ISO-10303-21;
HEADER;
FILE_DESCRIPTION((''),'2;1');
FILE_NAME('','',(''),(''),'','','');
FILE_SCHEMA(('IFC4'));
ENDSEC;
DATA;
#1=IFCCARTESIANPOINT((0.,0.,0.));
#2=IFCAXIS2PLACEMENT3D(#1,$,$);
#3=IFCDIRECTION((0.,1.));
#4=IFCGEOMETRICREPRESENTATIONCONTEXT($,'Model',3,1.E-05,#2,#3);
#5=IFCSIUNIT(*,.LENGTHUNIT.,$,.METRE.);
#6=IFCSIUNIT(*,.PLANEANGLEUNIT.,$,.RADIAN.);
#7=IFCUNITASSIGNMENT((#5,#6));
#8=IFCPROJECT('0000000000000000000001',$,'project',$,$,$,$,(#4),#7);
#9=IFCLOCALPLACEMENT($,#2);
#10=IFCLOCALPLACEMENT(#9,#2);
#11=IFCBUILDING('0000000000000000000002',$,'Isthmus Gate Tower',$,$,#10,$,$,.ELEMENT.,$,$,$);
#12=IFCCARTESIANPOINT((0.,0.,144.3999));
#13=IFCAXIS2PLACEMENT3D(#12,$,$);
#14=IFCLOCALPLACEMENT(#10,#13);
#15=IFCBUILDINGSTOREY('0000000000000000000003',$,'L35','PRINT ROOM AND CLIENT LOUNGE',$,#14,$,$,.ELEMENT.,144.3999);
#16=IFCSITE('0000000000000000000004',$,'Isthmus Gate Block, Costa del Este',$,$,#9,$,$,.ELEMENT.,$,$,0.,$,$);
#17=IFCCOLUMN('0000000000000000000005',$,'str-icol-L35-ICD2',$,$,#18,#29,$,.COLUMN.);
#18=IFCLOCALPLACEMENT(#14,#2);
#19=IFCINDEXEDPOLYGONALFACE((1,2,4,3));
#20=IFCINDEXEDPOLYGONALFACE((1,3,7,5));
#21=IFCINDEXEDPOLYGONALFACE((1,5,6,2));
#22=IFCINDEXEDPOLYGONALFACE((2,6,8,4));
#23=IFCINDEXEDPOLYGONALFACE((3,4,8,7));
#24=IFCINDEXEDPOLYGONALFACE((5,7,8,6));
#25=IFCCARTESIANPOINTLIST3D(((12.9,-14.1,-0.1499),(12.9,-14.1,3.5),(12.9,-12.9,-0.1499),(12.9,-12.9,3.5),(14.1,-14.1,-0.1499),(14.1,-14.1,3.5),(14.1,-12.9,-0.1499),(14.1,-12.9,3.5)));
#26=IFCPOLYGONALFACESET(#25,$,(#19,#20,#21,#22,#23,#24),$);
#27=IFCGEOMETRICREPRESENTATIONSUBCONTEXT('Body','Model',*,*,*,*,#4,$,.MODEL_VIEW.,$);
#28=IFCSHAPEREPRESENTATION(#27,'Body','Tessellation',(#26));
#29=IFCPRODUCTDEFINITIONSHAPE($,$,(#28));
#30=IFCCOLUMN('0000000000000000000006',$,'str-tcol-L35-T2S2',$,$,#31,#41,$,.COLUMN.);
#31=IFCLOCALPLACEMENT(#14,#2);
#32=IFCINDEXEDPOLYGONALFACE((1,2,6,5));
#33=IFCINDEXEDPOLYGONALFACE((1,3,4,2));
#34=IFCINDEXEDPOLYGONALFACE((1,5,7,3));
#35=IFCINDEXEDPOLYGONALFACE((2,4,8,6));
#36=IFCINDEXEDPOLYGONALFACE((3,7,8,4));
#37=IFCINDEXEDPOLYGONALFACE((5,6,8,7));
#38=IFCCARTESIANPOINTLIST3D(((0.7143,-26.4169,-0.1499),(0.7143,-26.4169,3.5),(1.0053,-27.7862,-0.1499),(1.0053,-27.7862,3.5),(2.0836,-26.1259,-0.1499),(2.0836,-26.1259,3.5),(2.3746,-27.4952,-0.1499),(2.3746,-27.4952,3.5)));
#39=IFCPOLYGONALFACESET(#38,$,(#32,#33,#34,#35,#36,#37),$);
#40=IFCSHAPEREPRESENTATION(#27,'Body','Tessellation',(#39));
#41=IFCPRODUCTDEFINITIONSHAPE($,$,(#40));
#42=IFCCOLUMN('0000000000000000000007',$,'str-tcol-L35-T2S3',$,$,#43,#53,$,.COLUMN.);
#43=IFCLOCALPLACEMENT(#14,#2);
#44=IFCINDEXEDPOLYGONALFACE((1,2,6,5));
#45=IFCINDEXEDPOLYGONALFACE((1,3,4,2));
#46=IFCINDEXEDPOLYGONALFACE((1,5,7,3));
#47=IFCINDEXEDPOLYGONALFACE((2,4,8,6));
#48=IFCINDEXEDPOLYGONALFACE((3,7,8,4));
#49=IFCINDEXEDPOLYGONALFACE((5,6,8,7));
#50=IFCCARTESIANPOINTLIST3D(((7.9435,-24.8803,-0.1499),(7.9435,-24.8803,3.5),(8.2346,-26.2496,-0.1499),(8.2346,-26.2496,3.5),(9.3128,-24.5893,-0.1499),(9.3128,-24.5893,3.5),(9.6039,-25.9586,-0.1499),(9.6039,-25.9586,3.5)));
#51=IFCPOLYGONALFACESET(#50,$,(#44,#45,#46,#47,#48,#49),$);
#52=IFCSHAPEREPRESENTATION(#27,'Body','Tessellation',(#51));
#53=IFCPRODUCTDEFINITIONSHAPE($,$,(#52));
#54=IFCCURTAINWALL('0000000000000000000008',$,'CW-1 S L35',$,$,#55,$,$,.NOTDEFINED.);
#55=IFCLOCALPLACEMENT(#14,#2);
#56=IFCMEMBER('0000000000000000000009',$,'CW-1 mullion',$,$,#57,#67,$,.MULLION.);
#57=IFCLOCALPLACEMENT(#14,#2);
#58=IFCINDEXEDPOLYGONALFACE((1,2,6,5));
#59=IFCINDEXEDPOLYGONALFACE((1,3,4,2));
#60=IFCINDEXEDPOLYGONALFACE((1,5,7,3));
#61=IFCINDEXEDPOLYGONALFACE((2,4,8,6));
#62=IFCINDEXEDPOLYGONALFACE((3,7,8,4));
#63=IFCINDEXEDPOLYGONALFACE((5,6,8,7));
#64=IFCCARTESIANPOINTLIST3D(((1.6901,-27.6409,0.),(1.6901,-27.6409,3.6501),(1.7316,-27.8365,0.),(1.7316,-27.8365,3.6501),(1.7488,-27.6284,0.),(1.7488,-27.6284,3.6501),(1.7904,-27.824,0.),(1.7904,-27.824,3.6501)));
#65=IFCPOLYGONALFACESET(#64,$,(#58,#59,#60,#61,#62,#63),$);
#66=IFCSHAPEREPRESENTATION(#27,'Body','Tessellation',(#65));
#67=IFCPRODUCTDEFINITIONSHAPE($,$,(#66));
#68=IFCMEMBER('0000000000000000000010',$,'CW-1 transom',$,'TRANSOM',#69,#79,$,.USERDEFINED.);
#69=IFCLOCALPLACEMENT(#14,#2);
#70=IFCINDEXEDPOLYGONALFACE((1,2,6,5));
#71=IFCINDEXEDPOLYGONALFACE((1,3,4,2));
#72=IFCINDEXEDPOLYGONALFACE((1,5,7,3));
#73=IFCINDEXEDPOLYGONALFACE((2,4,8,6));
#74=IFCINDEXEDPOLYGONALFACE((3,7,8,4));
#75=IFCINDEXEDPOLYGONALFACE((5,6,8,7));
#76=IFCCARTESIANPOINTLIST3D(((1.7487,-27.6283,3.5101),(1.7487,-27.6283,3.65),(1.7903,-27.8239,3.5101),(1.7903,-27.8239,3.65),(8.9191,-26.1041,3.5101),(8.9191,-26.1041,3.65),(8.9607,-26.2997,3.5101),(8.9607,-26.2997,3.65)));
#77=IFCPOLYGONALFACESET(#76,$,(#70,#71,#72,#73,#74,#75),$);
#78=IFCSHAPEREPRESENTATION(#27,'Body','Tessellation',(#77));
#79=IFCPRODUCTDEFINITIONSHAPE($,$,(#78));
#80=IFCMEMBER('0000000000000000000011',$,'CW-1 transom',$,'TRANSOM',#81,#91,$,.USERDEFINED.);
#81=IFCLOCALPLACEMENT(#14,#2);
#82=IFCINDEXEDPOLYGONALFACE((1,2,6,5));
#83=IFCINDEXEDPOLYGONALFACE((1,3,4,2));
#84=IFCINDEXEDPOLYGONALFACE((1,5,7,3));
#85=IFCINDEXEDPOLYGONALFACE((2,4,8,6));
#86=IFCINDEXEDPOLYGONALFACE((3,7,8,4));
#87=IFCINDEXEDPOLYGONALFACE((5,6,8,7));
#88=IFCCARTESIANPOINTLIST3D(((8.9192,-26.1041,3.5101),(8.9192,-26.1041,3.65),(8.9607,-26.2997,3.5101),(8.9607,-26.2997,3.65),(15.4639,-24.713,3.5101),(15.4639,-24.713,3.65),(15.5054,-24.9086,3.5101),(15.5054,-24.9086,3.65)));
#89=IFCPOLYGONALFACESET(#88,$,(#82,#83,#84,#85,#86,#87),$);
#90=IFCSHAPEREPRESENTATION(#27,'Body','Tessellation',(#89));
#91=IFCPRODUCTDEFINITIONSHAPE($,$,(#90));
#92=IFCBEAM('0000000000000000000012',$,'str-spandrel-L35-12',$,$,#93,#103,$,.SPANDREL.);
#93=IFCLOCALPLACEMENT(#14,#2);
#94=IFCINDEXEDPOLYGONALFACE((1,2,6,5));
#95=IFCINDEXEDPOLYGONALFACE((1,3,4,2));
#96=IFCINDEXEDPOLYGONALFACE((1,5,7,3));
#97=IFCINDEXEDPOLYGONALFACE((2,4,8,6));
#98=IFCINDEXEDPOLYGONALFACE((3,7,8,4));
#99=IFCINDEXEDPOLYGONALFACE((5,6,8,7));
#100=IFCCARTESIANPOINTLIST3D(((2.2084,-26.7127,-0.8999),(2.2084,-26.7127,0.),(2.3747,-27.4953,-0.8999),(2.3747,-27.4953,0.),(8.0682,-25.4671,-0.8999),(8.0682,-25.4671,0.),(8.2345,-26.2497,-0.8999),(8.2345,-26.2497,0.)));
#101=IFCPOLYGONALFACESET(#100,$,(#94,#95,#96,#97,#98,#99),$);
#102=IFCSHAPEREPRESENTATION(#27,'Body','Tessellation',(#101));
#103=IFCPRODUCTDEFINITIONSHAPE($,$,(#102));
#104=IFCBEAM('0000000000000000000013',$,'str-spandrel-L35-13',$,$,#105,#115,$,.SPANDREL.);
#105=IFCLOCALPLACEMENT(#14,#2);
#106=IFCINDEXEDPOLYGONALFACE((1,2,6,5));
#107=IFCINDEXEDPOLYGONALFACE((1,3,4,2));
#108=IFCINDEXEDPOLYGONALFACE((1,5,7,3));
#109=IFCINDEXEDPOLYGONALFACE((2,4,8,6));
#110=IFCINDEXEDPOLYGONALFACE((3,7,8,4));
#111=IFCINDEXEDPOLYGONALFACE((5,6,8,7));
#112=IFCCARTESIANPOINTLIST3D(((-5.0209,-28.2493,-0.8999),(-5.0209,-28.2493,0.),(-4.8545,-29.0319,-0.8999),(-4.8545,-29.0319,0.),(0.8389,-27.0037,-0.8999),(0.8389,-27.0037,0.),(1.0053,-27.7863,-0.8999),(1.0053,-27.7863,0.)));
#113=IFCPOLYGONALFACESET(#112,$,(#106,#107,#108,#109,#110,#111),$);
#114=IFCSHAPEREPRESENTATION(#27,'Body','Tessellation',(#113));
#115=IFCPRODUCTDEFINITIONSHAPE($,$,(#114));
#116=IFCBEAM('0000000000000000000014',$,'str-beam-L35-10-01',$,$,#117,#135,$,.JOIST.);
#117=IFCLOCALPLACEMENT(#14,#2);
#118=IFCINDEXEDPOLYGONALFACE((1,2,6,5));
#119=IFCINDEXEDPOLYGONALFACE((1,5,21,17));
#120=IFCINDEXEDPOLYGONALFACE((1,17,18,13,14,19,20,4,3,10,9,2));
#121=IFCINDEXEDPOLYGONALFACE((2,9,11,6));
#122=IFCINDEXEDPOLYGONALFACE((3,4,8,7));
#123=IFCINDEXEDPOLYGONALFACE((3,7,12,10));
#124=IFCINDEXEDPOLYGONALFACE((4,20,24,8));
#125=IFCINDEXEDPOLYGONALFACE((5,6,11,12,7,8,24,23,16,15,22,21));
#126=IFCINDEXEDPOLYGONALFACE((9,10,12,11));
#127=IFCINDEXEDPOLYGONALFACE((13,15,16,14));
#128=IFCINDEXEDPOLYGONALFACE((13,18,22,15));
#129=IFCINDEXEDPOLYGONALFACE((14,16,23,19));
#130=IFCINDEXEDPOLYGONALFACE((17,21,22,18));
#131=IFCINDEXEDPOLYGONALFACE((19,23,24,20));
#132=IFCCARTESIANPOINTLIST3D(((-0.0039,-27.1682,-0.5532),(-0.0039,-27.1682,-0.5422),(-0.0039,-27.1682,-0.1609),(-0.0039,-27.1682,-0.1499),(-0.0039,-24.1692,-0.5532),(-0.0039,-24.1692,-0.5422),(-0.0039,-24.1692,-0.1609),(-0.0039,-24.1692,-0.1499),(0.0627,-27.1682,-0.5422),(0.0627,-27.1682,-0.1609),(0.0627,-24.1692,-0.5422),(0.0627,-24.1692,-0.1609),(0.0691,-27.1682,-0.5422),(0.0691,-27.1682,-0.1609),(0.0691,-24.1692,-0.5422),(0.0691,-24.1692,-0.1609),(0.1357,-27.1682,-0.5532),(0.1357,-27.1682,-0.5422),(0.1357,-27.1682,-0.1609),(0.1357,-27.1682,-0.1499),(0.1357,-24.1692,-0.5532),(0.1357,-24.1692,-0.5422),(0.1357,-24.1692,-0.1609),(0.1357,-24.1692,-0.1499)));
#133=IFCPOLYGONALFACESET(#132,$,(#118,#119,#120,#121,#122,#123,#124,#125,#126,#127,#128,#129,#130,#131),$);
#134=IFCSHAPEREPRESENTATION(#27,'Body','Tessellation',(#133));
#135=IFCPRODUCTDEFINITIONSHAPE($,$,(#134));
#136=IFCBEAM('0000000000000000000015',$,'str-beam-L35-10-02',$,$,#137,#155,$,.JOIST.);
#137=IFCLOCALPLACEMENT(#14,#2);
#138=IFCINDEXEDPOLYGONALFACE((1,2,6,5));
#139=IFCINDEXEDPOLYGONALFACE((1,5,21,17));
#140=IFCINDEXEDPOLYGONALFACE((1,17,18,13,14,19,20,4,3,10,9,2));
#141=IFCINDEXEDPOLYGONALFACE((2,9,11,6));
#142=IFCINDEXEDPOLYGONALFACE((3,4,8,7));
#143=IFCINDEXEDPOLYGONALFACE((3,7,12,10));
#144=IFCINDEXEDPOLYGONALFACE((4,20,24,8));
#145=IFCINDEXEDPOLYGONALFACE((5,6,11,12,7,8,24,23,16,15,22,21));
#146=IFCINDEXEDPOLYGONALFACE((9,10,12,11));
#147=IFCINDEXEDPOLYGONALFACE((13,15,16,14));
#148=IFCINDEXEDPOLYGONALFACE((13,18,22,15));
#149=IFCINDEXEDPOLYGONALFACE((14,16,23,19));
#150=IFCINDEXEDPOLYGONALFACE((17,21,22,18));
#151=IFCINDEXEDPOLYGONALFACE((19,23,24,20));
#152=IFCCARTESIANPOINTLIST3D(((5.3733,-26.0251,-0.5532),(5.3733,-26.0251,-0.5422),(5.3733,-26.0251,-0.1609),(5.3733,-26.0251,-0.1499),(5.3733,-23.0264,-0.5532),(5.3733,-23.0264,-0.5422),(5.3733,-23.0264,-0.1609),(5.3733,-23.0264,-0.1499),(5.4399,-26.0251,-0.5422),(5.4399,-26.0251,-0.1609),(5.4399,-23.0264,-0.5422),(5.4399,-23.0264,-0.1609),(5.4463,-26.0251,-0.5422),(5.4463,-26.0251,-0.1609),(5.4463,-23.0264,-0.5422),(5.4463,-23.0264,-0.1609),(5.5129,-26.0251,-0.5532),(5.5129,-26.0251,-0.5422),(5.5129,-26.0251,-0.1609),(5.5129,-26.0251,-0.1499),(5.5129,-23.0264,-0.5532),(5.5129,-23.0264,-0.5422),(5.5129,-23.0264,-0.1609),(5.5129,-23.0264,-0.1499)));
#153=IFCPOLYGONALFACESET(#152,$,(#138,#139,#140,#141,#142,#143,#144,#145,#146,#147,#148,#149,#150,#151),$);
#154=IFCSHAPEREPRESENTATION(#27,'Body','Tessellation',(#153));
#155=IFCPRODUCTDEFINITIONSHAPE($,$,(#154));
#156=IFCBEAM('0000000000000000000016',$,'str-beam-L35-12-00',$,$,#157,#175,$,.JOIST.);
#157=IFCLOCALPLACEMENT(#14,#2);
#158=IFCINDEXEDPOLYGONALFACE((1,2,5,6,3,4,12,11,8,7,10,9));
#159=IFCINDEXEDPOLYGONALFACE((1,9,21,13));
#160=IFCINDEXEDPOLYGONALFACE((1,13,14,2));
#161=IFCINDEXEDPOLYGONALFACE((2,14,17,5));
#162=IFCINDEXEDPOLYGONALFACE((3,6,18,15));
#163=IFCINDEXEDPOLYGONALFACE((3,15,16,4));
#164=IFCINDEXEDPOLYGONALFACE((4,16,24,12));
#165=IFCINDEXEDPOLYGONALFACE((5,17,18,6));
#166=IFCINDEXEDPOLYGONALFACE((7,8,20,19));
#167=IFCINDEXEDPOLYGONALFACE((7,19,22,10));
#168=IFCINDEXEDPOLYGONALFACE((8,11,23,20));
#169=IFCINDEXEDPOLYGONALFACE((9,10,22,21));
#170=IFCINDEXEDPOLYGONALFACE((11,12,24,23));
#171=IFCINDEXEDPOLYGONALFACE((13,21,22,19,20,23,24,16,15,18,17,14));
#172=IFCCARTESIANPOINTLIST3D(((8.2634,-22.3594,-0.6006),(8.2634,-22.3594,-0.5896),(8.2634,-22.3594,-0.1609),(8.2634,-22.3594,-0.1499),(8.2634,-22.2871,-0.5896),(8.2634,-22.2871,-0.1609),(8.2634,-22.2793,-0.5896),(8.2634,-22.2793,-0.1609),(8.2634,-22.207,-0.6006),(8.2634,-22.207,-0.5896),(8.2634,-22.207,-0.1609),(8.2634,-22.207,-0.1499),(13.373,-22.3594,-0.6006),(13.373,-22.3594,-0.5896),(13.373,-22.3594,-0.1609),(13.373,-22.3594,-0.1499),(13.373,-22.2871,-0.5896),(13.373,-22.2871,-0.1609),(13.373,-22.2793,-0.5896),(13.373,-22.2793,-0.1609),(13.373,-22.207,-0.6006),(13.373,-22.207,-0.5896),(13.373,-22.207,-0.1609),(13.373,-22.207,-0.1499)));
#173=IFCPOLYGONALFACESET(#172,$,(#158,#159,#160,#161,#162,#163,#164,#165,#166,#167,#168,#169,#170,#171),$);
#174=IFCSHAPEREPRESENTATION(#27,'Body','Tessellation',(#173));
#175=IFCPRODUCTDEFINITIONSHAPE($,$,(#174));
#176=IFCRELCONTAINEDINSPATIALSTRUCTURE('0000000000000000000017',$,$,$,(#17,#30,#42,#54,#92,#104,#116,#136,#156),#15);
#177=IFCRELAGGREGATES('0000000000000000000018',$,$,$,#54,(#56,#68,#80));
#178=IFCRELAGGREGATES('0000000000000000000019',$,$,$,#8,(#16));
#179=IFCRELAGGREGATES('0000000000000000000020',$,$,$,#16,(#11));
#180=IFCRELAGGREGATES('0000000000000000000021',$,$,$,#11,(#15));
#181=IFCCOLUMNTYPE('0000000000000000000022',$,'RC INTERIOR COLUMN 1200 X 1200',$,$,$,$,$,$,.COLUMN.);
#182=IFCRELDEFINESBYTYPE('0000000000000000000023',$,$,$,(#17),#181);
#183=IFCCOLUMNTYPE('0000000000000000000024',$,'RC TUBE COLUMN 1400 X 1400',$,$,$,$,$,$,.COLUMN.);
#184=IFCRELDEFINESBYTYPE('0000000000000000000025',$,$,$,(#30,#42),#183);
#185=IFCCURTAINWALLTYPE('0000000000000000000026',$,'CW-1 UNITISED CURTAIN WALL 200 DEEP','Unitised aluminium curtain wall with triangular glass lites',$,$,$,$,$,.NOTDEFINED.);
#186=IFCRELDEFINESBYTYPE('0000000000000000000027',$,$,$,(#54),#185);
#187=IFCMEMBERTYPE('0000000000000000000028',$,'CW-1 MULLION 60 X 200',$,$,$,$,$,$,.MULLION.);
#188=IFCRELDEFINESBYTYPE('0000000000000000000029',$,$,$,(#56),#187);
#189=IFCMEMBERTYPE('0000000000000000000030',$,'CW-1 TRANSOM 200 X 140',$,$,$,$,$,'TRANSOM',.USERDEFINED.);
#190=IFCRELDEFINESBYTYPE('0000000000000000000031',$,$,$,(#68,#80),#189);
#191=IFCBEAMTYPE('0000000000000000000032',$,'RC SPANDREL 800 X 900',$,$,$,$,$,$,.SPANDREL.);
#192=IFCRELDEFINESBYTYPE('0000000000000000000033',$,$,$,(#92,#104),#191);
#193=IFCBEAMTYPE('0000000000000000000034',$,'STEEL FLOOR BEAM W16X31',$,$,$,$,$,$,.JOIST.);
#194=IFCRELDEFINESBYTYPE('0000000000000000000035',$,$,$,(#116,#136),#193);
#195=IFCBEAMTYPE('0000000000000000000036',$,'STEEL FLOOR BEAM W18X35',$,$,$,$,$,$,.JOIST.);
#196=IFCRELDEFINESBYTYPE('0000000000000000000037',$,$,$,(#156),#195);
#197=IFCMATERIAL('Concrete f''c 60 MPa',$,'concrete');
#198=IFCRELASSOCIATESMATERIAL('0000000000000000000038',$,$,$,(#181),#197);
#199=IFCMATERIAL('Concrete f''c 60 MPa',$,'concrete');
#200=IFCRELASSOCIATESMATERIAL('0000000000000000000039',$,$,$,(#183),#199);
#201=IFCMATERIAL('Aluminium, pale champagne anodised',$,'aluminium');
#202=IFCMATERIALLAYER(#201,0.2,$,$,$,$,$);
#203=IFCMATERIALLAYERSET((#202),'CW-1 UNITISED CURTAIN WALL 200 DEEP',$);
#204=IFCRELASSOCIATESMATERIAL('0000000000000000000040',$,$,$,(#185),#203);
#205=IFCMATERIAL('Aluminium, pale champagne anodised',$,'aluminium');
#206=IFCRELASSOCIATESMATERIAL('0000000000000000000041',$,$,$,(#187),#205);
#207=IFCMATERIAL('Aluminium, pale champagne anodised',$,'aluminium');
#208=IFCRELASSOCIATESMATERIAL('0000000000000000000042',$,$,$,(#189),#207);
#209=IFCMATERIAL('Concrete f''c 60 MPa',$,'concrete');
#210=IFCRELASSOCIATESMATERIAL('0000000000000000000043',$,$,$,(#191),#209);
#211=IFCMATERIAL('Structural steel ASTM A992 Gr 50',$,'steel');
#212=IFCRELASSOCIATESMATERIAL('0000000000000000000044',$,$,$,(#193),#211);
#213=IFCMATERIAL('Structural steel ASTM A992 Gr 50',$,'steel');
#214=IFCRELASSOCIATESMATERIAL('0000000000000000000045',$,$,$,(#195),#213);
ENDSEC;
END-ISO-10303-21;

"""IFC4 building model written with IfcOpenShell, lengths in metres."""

from ifc_helpers import new_model, si_unit, direction, frame, origin, origin_2d, place, context, subcontext, project, spatial, rectangle, i_section, extrude, material, layer, layer_set, material_profile, profile_set, type_object, element, aggregate, save


model = new_model("IFC4")

# Units and contexts
model_context = context("Model", 3, precision=1e-05, world=origin(), true_north=direction((0.0, 1.0)))
body_context = subcontext(model_context, "Body", "Model", "MODEL_VIEW")
ifc_project = project(units=[si_unit("LENGTHUNIT", "METRE"), si_unit("PLANEANGLEUNIT", "RADIAN")], contexts=[model_context])

# Site, building, storey
site_placement = place(None, origin())
site = spatial("IfcSite", under=ifc_project, at=site_placement, Name="Isthmus Gate Block, Costa del Este", CompositionType="ELEMENT", RefElevation=0.0)
building_placement = place(site_placement, origin())
building = spatial("IfcBuilding", under=site, at=building_placement, Name="Isthmus Gate Tower", CompositionType="ELEMENT")
storey_placement = place(building_placement, frame((0.0, 0.0, 144.3999)))
storey = spatial("IfcBuildingStorey", under=building, at=storey_placement, Name="L35", Description="PRINT ROOM AND CLIENT LOUNGE", CompositionType="ELEMENT", Elevation=144.3999)

# Columns
ifc_material_1 = material(Name="Concrete f'c 60 MPa", Category="concrete")
ifc_material_profile_1 = material_profile(ifc_material_1, rectangle(XDim=1.2, YDim=1.2, at=origin_2d()), Name="RC 1200X1200")
ifc_profile_set_1 = profile_set([ifc_material_profile_1], Name="Concrete f'c 60 MPa")
column_type_1 = type_object("IfcColumnType", Name="RC INTERIOR COLUMN 1200 X 1200", PredefinedType="COLUMN", material=ifc_profile_set_1)
column_placement = place(storey_placement, frame((13.5, -13.5, -0.1499), z_axis=(0.0, 0.0, 1.0), x_axis=(1.0, 0.0, 0.0)))
element("IfcColumn", 1, at=column_placement, inside=storey, type_object=column_type_1, Name="str-icol-L35-ICD2", PredefinedType="COLUMN", context=body_context, shape_type="SweptSolid", body=[
    extrude(rectangle(XDim=1.2, YDim=1.2, at=origin_2d()), origin(), (0.0, 0.0, 1.0), 3.6499),
])
ifc_material_2 = material(Name="Concrete f'c 60 MPa", Category="concrete")
ifc_material_profile_2 = material_profile(ifc_material_2, rectangle(XDim=1.3999, YDim=1.3999, at=origin_2d()), Name="RC 1400X1400")
ifc_profile_set_2 = profile_set([ifc_material_profile_2], Name="Concrete f'c 60 MPa")
column_type_2 = type_object("IfcColumnType", Name="RC TUBE COLUMN 1400 X 1400", PredefinedType="COLUMN", material=ifc_profile_set_2)
for number, where, z_axis, x_axis, name in (
    (2, (1.5444, -26.9561, -0.1499), (0.0, 0.0, 1.0), (0.978148, 0.207912, 0.0), "str-tcol-L35-T2S2"),
    (3, (8.7737, -25.4194, -0.1499), (0.0, 0.0, 1.0), (0.978148, 0.207912, 0.0), "str-tcol-L35-T2S3"),
):
    element("IfcColumn", number, at=place(storey_placement, frame(where, z_axis=z_axis, x_axis=x_axis)), inside=storey, type_object=column_type_2, Name=name, PredefinedType="COLUMN", context=body_context, shape_type="SweptSolid", body=[
        extrude(rectangle(XDim=1.3999, YDim=1.3999, at=origin_2d()), origin(), (0.0, 0.0, 1.0), 3.6499),
    ])

# Curtain wall, members
ifc_material_3 = material(Name="Aluminium, pale champagne anodised", Category="aluminium")
ifc_layer_1 = layer(ifc_material_3, 0.2)
ifc_layer_set_1 = layer_set([ifc_layer_1], Name="CW-1 UNITISED CURTAIN WALL 200 DEEP")
curtain_wall_type = type_object("IfcCurtainWallType", Name="CW-1 UNITISED CURTAIN WALL 200 DEEP", Description="Unitised aluminium curtain wall with triangular glass lites", PredefinedType="NOTDEFINED", material=ifc_layer_set_1)
curtain_wall_placement = place(storey_placement, origin())
curtain_wall = element("IfcCurtainWall", 4, at=curtain_wall_placement, inside=storey, type_object=curtain_wall_type, Name="CW-1 S L35", PredefinedType="NOTDEFINED")
ifc_material_4 = material(Name="Aluminium, pale champagne anodised", Category="aluminium")
ifc_material_profile_3 = material_profile(ifc_material_4, rectangle(XDim=0.0601, YDim=0.2, at=origin_2d()), Name="60x200")
ifc_profile_set_3 = profile_set([ifc_material_profile_3], Name="Aluminium, pale champagne anodised")
member_type_1 = type_object("IfcMemberType", Name="CW-1 MULLION 60 X 200", PredefinedType="MULLION", material=ifc_profile_set_3)
member_1_placement = place(storey_placement, frame((1.7402, -27.7324, 0.0), z_axis=(0.0, 0.0, 1.0), x_axis=(0.978148, 0.207912, 0.0)))
member_1 = element("IfcMember", 5, at=member_1_placement, type_object=member_type_1, Name="CW-1 mullion", PredefinedType="MULLION", context=body_context, shape_type="SweptSolid", body=[
    extrude(rectangle(XDim=0.0601, YDim=0.2, at=origin_2d()), origin(), (0.0, 0.0, 1.0), 3.6501),
])
ifc_material_5 = material(Name="Aluminium, pale champagne anodised", Category="aluminium")
ifc_material_profile_4 = material_profile(ifc_material_5, rectangle(XDim=0.2, YDim=0.1399, at=origin_2d()), Name="200x140")
ifc_profile_set_4 = profile_set([ifc_material_profile_4], Name="Aluminium, pale champagne anodised")
member_type_2 = type_object("IfcMemberType", Name="CW-1 TRANSOM 200 X 140", ElementType="TRANSOM", PredefinedType="USERDEFINED", material=ifc_profile_set_4)
member_2_placement = place(storey_placement, frame((1.7695, -27.7261, 3.5801), z_axis=(0.978146, 0.207919, 0.0), x_axis=(-0.207919, 0.978146, 0.0)))
member_2 = element("IfcMember", 6, at=member_2_placement, type_object=member_type_2, Name="CW-1 transom", ObjectType="TRANSOM", PredefinedType="USERDEFINED", context=body_context, shape_type="SweptSolid", body=[
    extrude(rectangle(XDim=0.2, YDim=0.1399, at=origin_2d()), origin(), (0.0, 0.0, 1.0), 7.3306),
])
member_3_placement = place(storey_placement, frame((8.9399, -26.2019, 3.5801), z_axis=(0.978148, 0.207912, 0.0), x_axis=(-0.207912, 0.978148, 0.0)))
member_3 = element("IfcMember", 7, at=member_3_placement, type_object=member_type_2, Name="CW-1 transom", ObjectType="TRANSOM", PredefinedType="USERDEFINED", context=body_context, shape_type="SweptSolid", body=[
    extrude(rectangle(XDim=0.2, YDim=0.1399, at=origin_2d()), origin(), (0.0, 0.0, 1.0), 6.6909),
])

# Beams
ifc_material_6 = material(Name="Concrete f'c 60 MPa", Category="concrete")
ifc_material_profile_5 = material_profile(ifc_material_6, rectangle(XDim=0.8, YDim=0.8999, at=origin_2d()), Name="RC 800X900")
ifc_profile_set_5 = profile_set([ifc_material_profile_5], Name="Concrete f'c 60 MPa")
beam_type_1 = type_object("IfcBeamType", Name="RC SPANDREL 800 X 900", PredefinedType="SPANDREL", material=ifc_profile_set_5)
for number, where, z_axis, x_axis, name in (
    (8, (8.1514, -25.8584, -0.45), (-0.978146, -0.20792, 0.0), (0.20792, -0.978146, 0.0), "str-spandrel-L35-12"),
    (9, (0.9221, -27.395, -0.45), (-0.978146, -0.20792, 0.0), (0.20792, -0.978146, 0.0), "str-spandrel-L35-13"),
):
    element("IfcBeam", number, at=place(storey_placement, frame(where, z_axis=z_axis, x_axis=x_axis)), inside=storey, type_object=beam_type_1, Name=name, PredefinedType="SPANDREL", context=body_context, shape_type="SweptSolid", body=[
        extrude(rectangle(XDim=0.8, YDim=0.8999, at=origin_2d()), origin(), (0.0, 0.0, 1.0), 5.9907),
    ])
ifc_material_7 = material(Name="Structural steel ASTM A992 Gr 50", Category="steel")
ifc_material_profile_6 = material_profile(ifc_material_7, i_section(OverallWidth=0.1396, OverallDepth=0.4033, WebThickness=0.0063, FlangeThickness=0.011, at=origin_2d()), Name="W16X31")
ifc_profile_set_6 = profile_set([ifc_material_profile_6], Name="Structural steel ASTM A992 Gr 50")
beam_type_2 = type_object("IfcBeamType", Name="STEEL FLOOR BEAM W16X31", PredefinedType="JOIST", material=ifc_profile_set_6)
beam_1_placement = place(storey_placement, frame((0.0659, -27.1682, -0.3516), z_axis=(0.0, 1.0, 0.0), x_axis=(-1.0, 0.0, 0.0)))
element("IfcBeam", 10, at=beam_1_placement, inside=storey, type_object=beam_type_2, Name="str-beam-L35-10-01", PredefinedType="JOIST", context=body_context, shape_type="SweptSolid", body=[
    extrude(i_section(OverallWidth=0.1396, OverallDepth=0.4033, WebThickness=0.0063, FlangeThickness=0.011, at=origin_2d()), origin(), (0.0, 0.0, 1.0), 2.999),
])
beam_2_placement = place(storey_placement, frame((5.4431, -26.0251, -0.3516), z_axis=(0.0, 1.0, 0.0), x_axis=(-1.0, 0.0, 0.0)))
element("IfcBeam", 11, at=beam_2_placement, inside=storey, type_object=beam_type_2, Name="str-beam-L35-10-02", PredefinedType="JOIST", context=body_context, shape_type="SweptSolid", body=[
    extrude(i_section(OverallWidth=0.1396, OverallDepth=0.4033, WebThickness=0.0063, FlangeThickness=0.011, at=origin_2d()), origin(), (0.0, 0.0, 1.0), 2.9988),
])
ifc_material_8 = material(Name="Structural steel ASTM A992 Gr 50", Category="steel")
ifc_material_profile_7 = material_profile(ifc_material_8, i_section(OverallWidth=0.1523, OverallDepth=0.4507, WebThickness=0.0078, FlangeThickness=0.011, at=origin_2d()), Name="W18X35")
ifc_profile_set_7 = profile_set([ifc_material_profile_7], Name="Structural steel ASTM A992 Gr 50")
beam_type_3 = type_object("IfcBeamType", Name="STEEL FLOOR BEAM W18X35", PredefinedType="JOIST", material=ifc_profile_set_7)
for number, where, z_axis, x_axis, name in (
    (12, (8.2634, -22.2832, -0.3752), (1.0, 0.0, 0.0), (0.0, 1.0, 0.0), "str-beam-L35-12-00"),
):
    element("IfcBeam", number, at=place(storey_placement, frame(where, z_axis=z_axis, x_axis=x_axis)), inside=storey, type_object=beam_type_3, Name=name, PredefinedType="JOIST", context=body_context, shape_type="SweptSolid", body=[
        extrude(i_section(OverallWidth=0.1523, OverallDepth=0.4507, WebThickness=0.0078, FlangeThickness=0.011, at=origin_2d()), origin(), (0.0, 0.0, 1.0), 5.1096),
    ])

aggregate(curtain_wall, [member_1, member_2, member_3])

save(model, "model.ifc")
